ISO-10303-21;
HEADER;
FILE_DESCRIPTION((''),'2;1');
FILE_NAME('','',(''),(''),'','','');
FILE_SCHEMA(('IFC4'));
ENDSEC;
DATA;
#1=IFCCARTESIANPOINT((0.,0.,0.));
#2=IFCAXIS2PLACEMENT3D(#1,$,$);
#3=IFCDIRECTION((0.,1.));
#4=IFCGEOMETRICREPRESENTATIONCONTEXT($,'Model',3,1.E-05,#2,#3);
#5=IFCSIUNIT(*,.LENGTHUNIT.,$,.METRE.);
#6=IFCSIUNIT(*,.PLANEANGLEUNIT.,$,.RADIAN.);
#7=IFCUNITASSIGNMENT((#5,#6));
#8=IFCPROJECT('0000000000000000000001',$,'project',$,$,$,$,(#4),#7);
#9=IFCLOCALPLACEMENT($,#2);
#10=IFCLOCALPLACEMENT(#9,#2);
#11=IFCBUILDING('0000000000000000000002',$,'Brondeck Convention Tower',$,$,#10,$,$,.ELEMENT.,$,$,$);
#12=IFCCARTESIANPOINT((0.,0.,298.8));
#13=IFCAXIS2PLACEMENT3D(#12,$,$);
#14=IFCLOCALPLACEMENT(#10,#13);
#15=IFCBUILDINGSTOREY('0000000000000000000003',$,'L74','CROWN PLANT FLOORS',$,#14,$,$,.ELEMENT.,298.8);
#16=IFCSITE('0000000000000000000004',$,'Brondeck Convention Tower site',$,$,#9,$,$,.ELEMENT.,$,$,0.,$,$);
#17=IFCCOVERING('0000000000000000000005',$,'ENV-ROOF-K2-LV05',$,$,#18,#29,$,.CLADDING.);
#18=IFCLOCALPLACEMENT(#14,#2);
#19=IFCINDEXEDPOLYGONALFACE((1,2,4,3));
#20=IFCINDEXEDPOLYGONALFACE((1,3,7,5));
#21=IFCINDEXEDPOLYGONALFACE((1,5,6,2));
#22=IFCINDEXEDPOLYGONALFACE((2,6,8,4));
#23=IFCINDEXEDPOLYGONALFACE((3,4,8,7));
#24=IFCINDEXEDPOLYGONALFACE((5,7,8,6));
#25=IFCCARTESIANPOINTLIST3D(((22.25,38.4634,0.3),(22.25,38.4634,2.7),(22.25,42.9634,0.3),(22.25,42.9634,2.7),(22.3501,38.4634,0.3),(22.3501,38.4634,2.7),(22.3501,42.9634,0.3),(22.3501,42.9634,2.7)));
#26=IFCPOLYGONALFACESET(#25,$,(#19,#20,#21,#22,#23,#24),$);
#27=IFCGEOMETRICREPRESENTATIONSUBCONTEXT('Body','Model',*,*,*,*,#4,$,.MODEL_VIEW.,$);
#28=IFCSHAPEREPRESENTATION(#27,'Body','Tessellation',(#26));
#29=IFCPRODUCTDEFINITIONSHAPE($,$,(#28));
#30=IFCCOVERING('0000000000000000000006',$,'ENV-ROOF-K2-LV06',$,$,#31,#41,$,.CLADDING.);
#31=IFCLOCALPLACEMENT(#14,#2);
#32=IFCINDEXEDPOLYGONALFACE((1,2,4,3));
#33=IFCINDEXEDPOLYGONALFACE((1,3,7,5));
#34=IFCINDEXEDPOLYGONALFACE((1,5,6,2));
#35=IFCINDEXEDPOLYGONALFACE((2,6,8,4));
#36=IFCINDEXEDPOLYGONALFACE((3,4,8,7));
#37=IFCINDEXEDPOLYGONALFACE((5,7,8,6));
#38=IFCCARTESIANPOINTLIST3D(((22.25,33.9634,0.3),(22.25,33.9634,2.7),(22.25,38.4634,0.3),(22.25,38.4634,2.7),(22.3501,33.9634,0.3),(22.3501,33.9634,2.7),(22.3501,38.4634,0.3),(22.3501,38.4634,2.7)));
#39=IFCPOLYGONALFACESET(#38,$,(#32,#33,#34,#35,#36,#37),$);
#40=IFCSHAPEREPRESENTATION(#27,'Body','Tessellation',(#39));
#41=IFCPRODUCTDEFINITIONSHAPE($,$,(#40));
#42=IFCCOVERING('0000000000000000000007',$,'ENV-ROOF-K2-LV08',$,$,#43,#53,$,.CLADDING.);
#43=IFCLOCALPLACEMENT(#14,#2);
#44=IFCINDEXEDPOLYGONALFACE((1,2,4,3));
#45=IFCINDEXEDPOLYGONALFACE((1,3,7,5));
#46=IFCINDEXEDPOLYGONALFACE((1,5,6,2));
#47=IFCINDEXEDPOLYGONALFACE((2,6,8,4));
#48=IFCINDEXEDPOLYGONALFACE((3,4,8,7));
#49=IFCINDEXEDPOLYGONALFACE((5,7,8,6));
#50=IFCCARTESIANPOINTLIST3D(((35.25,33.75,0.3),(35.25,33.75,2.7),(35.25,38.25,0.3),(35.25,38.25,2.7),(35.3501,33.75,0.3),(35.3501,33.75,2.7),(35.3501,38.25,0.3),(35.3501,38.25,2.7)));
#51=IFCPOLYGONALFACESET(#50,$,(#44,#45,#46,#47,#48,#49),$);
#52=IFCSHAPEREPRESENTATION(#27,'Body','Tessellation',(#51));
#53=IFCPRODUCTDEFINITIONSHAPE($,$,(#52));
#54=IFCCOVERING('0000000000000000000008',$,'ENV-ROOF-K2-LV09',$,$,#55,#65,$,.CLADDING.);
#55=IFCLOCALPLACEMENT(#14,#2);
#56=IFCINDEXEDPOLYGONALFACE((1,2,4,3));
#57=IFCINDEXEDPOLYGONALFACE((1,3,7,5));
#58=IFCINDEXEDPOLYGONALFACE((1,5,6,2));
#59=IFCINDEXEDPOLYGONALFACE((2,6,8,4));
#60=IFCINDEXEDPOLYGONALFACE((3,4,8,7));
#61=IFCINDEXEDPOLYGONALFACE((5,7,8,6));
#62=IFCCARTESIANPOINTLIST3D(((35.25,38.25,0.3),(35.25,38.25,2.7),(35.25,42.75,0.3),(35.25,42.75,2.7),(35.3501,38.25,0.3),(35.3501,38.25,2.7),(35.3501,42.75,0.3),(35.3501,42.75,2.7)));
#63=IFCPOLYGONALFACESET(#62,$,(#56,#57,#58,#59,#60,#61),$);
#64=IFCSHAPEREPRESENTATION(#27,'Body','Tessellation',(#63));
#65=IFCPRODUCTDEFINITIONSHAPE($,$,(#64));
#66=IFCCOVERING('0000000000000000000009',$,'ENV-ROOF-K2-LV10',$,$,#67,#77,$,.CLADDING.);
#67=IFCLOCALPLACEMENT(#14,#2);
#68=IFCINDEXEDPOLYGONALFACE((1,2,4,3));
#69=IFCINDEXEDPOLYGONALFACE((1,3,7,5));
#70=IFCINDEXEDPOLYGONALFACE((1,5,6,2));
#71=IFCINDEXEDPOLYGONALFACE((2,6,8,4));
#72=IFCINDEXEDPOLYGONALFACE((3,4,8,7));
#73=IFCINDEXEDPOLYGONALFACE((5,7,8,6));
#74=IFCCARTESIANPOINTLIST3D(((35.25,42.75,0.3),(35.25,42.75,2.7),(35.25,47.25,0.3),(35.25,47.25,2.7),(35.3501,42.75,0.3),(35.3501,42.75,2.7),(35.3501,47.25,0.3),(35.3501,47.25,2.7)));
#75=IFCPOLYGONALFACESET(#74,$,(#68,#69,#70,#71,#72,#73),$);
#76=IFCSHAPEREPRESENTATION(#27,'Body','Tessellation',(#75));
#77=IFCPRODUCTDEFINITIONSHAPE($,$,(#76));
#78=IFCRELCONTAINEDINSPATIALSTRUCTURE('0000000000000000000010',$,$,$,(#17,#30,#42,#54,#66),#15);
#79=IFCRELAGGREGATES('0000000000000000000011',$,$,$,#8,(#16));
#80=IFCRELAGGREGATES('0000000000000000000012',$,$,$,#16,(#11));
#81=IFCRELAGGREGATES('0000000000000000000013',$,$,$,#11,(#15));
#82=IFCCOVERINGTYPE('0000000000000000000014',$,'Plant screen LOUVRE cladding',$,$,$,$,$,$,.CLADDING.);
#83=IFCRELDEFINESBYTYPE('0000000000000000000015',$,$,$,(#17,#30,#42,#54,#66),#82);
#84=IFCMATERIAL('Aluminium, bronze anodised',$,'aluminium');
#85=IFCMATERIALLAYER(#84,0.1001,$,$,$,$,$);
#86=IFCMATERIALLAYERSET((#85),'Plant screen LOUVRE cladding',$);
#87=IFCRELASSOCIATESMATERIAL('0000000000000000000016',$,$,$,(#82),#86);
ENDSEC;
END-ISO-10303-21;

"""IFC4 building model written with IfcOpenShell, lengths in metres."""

from ifc_helpers import new_model, si_unit, direction, frame, origin, origin_2d, place, context, subcontext, project, spatial, rectangle, extrude, material, layer, layer_set, type_object, element, save


model = new_model("IFC4")

# Units and contexts
model_context = context("Model", 3, precision=1e-05, world=origin(), true_north=direction((0.0, 1.0)))
body_context = subcontext(model_context, "Body", "Model", "MODEL_VIEW")
ifc_project = project(units=[si_unit("LENGTHUNIT", "METRE"), si_unit("PLANEANGLEUNIT", "RADIAN")], contexts=[model_context])

# Site, building, storey
site_placement = place(None, origin())
site = spatial("IfcSite", under=ifc_project, at=site_placement, Name="Brondeck Convention Tower site", CompositionType="ELEMENT", RefElevation=0.0)
building_placement = place(site_placement, origin())
building = spatial("IfcBuilding", under=site, at=building_placement, Name="Brondeck Convention Tower", CompositionType="ELEMENT")
storey_placement = place(building_placement, frame((0.0, 0.0, 298.8)))
storey = spatial("IfcBuildingStorey", under=building, at=storey_placement, Name="L74", Description="CROWN PLANT FLOORS", CompositionType="ELEMENT", Elevation=298.8)

# Shared definitions
ifc_material_1 = material(Name="Aluminium, bronze anodised", Category="aluminium")

# Coverings
ifc_layer_1 = layer(ifc_material_1, 0.1001)
ifc_layer_set_1 = layer_set([ifc_layer_1], Name="Plant screen LOUVRE cladding")
covering_type_1 = type_object("IfcCoveringType", Name="Plant screen LOUVRE cladding", PredefinedType="CLADDING", material=ifc_layer_set_1)
for number, where, z_axis, x_axis, name in (
    (1, (22.3, 40.7134, 0.3), (0.0, 0.0, 1.0), (0.0, -1.0, 0.0), "ENV-ROOF-K2-LV05"),
    (2, (22.3, 36.2134, 0.3), (0.0, 0.0, 1.0), (0.0, -1.0, 0.0), "ENV-ROOF-K2-LV06"),
    (3, (35.3, 36.0, 0.3), (0.0, 0.0, 1.0), (0.0, 1.0, 0.0), "ENV-ROOF-K2-LV08"),
    (4, (35.3, 40.5, 0.3), (0.0, 0.0, 1.0), (0.0, 1.0, 0.0), "ENV-ROOF-K2-LV09"),
    (5, (35.3, 45.0, 0.3), (0.0, 0.0, 1.0), (0.0, 1.0, 0.0), "ENV-ROOF-K2-LV10"),
):
    element("IfcCovering", number, at=place(storey_placement, frame(where, z_axis=z_axis, x_axis=x_axis)), inside=storey, type_object=covering_type_1, Name=name, PredefinedType="CLADDING", context=body_context, shape_type="SweptSolid", body=[
        extrude(rectangle(XDim=4.5, YDim=0.1001, at=origin_2d()), origin(), (0.0, 0.0, 1.0), 2.3999),
    ])

save(model, "model.ifc")
